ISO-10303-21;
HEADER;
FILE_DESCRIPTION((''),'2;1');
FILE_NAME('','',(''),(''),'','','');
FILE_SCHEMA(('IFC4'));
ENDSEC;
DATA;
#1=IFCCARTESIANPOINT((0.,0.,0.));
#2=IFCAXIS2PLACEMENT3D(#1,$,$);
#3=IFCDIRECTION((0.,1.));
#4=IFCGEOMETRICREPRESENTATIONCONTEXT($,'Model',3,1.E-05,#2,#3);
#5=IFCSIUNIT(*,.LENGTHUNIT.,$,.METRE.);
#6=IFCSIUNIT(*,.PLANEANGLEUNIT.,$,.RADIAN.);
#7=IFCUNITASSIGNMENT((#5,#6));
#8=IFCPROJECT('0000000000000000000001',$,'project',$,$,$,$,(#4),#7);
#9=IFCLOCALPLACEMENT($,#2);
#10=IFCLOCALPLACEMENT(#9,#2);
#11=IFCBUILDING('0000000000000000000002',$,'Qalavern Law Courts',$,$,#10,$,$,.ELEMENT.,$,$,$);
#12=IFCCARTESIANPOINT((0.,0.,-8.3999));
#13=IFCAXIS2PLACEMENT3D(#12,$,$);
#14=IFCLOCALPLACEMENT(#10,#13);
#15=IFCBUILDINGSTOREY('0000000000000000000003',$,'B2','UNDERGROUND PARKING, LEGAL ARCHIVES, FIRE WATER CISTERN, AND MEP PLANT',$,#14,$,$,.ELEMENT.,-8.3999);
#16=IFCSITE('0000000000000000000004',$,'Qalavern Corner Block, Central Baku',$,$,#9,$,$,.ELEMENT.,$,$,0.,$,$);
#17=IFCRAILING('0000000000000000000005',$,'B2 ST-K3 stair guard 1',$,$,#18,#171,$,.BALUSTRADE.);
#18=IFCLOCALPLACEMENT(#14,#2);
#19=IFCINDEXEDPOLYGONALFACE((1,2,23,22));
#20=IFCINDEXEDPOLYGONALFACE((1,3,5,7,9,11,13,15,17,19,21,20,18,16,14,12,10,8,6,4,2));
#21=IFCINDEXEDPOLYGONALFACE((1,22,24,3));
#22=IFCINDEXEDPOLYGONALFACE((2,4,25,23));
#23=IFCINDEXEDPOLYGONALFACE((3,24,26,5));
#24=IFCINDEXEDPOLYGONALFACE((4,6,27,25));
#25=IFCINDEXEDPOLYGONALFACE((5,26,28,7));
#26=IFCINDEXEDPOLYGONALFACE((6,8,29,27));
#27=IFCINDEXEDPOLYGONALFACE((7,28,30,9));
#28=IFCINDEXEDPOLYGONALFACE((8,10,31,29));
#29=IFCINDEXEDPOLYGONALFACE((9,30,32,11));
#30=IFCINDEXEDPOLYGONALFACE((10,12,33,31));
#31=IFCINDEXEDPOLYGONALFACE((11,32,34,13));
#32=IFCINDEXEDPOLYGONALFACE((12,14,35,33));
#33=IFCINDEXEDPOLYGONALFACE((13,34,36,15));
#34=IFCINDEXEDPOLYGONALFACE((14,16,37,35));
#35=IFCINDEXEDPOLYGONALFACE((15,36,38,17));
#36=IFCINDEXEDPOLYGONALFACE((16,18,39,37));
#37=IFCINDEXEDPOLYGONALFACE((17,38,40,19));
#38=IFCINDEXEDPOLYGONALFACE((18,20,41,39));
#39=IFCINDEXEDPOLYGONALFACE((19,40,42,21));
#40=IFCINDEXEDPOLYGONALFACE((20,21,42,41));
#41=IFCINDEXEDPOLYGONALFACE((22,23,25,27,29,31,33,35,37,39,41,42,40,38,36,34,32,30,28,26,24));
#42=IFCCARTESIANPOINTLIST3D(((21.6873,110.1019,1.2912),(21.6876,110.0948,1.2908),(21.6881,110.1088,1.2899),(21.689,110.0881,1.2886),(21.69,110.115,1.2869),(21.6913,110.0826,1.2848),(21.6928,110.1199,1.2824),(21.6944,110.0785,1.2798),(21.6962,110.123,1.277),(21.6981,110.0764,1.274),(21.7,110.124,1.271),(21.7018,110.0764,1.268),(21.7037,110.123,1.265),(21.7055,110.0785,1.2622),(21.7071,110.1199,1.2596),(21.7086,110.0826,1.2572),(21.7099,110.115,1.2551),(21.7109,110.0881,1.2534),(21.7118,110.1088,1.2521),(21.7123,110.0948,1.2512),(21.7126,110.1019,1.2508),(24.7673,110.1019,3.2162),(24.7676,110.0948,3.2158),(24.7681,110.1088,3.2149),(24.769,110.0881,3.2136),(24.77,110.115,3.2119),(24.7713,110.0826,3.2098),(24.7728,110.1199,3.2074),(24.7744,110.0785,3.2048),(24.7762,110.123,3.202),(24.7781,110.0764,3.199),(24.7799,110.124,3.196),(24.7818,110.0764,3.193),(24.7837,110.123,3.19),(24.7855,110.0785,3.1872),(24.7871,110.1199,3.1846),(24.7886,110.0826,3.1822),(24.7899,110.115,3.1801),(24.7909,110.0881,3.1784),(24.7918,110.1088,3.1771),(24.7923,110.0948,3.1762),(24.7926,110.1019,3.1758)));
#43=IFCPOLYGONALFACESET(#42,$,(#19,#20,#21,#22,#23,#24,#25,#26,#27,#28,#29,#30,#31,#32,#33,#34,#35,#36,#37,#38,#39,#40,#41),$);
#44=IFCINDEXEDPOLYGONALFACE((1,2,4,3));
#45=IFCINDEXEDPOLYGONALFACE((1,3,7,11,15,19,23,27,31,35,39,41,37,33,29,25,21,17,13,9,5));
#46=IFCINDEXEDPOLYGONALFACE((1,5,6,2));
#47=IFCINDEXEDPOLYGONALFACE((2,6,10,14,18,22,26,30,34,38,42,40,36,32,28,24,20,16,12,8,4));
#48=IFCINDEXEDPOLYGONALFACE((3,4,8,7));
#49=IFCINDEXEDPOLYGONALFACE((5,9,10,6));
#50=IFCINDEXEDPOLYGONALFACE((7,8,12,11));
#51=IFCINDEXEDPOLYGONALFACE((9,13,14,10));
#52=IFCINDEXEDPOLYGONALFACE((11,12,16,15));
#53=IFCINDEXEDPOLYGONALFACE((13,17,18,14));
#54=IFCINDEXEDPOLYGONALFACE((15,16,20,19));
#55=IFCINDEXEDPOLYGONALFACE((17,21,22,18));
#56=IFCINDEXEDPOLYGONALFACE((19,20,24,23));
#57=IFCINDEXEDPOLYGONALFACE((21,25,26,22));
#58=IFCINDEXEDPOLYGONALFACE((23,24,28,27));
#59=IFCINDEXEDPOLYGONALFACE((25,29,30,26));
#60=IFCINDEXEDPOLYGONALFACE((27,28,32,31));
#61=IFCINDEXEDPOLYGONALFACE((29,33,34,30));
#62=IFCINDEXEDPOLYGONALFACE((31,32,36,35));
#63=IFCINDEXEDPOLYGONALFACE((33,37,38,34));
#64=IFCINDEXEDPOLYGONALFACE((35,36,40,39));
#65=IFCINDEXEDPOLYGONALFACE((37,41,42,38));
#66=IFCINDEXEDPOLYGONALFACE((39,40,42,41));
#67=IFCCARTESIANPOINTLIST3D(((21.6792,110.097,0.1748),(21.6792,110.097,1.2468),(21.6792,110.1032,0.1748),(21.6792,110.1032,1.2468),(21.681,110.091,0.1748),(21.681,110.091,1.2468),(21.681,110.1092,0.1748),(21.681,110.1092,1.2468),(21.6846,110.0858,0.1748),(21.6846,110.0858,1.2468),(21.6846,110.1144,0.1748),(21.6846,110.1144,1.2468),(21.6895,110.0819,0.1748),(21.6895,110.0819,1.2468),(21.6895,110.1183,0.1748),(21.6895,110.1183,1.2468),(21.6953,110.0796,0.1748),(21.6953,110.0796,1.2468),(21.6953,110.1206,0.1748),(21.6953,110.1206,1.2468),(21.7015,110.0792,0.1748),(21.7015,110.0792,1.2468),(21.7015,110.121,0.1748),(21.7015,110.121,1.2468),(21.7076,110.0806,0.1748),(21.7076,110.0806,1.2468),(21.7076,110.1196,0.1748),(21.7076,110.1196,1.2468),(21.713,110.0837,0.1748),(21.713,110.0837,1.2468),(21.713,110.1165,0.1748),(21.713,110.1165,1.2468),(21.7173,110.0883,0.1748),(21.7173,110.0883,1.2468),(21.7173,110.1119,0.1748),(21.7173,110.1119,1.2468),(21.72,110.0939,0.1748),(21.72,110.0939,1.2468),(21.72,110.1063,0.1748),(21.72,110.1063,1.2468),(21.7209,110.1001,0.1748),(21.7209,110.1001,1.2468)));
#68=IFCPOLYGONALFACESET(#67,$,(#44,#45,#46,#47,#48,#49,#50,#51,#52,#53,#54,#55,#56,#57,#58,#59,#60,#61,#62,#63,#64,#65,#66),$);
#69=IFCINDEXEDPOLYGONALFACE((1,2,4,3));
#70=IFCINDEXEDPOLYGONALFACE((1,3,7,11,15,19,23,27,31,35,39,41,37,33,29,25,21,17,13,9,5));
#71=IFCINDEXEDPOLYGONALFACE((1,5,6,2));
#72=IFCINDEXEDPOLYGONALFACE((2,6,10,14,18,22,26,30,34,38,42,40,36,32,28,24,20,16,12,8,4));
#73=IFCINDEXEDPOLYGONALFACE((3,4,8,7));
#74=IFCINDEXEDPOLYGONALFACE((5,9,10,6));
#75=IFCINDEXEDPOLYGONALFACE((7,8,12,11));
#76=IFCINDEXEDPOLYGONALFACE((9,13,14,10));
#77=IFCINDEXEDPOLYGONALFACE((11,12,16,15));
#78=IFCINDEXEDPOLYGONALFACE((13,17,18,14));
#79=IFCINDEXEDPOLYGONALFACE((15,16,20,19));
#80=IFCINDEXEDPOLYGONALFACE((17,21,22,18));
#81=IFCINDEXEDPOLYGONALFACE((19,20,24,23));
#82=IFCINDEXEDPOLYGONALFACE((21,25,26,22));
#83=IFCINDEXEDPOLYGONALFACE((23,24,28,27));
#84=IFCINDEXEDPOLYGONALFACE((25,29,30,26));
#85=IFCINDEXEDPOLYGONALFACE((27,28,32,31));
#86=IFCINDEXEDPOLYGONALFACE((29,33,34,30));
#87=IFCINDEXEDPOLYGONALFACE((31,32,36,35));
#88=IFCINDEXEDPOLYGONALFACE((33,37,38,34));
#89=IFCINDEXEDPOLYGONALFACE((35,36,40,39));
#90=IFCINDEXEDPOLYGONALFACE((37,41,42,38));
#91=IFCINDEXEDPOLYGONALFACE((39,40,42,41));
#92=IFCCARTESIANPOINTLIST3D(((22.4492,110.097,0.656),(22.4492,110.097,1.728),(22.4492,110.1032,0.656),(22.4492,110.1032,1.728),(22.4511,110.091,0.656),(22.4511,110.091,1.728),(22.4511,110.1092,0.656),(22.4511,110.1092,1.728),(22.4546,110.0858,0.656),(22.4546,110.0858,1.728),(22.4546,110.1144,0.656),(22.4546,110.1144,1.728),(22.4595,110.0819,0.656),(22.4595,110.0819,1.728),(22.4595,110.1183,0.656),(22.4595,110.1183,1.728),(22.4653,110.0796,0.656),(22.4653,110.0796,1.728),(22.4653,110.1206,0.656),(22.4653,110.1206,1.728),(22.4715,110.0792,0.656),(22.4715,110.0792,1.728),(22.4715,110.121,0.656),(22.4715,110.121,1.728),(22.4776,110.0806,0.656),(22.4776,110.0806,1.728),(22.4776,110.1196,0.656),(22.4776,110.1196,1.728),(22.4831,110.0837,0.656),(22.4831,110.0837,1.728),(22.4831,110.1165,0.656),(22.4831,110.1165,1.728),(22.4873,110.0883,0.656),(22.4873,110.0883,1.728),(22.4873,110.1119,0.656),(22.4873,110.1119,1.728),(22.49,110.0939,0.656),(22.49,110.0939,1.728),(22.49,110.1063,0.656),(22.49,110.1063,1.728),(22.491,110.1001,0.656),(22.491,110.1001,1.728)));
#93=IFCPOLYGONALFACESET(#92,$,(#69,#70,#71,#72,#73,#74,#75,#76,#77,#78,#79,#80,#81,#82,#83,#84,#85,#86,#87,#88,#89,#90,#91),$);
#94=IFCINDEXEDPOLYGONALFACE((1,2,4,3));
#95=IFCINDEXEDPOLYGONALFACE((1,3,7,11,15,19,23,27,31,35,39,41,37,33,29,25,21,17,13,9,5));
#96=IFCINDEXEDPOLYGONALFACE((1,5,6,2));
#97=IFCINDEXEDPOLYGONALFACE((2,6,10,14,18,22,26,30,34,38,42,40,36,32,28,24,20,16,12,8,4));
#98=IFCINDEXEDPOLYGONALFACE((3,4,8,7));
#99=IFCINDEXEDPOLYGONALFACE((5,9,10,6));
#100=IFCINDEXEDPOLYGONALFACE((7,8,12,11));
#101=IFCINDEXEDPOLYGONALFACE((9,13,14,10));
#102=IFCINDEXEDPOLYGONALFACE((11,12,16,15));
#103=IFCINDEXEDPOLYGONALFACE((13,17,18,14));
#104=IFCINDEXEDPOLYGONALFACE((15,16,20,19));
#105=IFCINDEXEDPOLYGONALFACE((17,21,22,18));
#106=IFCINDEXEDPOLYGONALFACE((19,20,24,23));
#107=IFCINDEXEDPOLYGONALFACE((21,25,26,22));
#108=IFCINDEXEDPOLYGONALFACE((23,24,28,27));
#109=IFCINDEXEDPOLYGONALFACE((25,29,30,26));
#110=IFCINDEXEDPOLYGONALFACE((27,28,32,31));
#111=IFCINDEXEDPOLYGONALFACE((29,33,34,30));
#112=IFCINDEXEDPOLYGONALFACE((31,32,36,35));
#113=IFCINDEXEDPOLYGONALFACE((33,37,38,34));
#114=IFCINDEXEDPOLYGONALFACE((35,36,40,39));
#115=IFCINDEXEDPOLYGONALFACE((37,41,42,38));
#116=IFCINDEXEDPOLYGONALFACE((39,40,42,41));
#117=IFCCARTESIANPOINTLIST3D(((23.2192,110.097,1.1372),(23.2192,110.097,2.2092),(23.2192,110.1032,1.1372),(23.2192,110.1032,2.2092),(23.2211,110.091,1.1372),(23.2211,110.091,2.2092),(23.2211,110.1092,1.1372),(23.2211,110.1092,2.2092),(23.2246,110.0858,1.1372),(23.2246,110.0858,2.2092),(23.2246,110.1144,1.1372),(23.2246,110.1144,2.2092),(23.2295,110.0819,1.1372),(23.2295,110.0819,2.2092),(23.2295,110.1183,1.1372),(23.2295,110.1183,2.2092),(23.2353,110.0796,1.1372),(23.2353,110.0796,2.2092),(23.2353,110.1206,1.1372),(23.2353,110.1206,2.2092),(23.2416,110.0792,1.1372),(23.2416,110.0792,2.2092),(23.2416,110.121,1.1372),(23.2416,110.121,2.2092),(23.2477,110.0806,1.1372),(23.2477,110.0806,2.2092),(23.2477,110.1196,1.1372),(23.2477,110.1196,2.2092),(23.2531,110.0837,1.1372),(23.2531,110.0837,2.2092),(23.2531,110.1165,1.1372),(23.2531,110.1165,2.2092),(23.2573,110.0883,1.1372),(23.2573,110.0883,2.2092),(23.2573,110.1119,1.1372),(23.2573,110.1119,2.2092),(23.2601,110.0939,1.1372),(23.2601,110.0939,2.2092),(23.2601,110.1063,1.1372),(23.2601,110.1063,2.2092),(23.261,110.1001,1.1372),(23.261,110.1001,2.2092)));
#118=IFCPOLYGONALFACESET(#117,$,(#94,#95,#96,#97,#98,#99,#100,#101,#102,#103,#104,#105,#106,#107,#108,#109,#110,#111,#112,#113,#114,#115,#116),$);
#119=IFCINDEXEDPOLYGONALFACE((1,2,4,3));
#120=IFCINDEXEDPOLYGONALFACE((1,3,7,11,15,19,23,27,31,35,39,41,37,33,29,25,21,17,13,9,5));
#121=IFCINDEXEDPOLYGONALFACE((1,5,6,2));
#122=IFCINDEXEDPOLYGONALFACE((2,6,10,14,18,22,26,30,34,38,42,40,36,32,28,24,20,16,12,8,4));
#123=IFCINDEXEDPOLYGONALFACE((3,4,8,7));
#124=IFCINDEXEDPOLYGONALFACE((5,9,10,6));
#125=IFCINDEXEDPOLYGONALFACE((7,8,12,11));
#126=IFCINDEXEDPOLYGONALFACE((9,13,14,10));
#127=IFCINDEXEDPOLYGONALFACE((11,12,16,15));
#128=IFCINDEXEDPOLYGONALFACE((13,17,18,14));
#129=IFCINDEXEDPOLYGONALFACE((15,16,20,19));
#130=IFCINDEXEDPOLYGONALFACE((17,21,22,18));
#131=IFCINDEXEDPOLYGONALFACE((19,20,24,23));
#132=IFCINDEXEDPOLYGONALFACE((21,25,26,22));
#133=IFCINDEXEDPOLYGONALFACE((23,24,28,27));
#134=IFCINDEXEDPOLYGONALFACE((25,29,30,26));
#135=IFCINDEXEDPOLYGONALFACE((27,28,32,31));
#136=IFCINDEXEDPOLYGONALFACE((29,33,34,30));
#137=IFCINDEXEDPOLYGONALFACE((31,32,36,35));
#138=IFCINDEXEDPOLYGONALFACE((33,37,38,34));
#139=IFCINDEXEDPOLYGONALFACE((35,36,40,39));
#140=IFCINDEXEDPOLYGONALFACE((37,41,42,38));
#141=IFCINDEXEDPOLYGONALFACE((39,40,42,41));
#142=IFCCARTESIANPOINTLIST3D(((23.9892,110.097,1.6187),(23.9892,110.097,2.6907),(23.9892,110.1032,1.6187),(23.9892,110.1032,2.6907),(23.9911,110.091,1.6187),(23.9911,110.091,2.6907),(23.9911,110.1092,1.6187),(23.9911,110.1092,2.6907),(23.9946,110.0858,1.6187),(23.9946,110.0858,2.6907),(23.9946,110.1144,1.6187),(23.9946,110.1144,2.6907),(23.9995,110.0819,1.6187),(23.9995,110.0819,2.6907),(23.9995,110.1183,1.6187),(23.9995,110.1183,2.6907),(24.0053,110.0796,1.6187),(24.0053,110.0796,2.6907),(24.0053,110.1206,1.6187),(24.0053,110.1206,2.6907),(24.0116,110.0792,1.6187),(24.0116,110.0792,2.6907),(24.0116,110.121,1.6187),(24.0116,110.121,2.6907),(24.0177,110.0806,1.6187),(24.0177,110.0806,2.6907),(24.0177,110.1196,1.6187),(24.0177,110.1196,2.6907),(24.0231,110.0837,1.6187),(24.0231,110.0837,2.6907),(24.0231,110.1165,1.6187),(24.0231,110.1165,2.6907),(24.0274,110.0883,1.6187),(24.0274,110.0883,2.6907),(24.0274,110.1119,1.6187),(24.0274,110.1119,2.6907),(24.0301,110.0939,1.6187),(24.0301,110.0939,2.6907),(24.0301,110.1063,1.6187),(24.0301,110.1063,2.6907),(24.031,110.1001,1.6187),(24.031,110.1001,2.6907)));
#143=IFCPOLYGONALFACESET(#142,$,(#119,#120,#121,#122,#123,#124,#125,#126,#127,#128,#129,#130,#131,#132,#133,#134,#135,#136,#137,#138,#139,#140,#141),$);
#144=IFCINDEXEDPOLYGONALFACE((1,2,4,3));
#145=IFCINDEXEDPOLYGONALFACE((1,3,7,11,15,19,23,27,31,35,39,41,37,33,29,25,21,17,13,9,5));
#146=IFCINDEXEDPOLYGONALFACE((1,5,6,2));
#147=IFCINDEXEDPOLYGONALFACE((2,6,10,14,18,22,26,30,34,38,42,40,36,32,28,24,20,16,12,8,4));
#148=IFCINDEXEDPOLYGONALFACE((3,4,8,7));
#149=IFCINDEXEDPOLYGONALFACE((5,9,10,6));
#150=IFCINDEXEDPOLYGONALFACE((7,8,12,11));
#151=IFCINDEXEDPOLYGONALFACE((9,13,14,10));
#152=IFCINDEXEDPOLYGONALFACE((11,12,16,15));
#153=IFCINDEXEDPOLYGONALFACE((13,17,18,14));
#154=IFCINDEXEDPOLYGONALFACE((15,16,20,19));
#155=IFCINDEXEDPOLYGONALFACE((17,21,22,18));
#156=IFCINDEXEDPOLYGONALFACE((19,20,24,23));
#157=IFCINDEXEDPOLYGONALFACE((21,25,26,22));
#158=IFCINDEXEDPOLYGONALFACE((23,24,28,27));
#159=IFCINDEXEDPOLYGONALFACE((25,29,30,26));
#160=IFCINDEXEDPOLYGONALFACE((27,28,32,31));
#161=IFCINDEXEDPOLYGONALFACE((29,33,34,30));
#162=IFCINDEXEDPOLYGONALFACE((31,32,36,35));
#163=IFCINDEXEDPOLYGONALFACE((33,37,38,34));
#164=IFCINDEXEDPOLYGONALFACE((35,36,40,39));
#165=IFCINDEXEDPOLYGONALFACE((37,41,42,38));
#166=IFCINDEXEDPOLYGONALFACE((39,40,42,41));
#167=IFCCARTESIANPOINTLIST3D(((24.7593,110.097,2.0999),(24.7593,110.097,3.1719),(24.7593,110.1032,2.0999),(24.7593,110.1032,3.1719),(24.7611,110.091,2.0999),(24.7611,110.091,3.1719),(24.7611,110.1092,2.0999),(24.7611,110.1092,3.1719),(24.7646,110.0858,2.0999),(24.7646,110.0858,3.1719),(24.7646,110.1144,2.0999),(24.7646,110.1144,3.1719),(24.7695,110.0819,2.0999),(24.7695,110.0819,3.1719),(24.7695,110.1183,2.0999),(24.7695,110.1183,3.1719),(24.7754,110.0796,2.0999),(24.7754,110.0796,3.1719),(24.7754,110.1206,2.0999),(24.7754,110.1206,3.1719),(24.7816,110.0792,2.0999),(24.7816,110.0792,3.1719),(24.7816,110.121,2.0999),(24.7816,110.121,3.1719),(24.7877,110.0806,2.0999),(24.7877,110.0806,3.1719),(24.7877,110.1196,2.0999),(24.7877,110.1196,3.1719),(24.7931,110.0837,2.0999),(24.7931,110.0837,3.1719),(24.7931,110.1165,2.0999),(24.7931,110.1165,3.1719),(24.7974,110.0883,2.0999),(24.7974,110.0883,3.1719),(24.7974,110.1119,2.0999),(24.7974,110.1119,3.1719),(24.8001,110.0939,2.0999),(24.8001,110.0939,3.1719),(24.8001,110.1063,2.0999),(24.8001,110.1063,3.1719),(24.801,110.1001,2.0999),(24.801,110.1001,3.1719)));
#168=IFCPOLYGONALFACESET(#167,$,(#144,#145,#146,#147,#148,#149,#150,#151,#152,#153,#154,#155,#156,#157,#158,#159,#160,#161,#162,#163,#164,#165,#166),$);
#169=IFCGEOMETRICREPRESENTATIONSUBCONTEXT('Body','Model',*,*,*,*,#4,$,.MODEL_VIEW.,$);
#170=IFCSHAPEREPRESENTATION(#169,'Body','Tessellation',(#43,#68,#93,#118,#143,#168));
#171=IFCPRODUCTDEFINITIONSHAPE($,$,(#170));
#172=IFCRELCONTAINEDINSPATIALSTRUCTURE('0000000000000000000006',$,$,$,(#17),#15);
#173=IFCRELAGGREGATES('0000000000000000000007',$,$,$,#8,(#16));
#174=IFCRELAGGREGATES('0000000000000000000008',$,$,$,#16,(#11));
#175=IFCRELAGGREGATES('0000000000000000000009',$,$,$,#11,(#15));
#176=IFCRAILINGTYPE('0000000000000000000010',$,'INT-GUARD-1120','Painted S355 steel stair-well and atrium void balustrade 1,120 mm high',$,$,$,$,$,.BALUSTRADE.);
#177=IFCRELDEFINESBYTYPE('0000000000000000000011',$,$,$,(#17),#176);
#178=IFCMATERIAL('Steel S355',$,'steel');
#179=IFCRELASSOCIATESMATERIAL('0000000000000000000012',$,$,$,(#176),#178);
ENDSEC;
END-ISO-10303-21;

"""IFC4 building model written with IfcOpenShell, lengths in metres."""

from ifc_helpers import new_model, si_unit, direction, frame, origin, origin_2d, place, context, subcontext, project, spatial, circle, extrude, material, type_object, element, save


model = new_model("IFC4")

# Units and contexts
model_context = context("Model", 3, precision=1e-05, world=origin(), true_north=direction((0.0, 1.0)))
body_context = subcontext(model_context, "Body", "Model", "MODEL_VIEW")
ifc_project = project(units=[si_unit("LENGTHUNIT", "METRE"), si_unit("PLANEANGLEUNIT", "RADIAN")], contexts=[model_context])

# Site, building, storey
site_placement = place(None, origin())
site = spatial("IfcSite", under=ifc_project, at=site_placement, Name="Qalavern Corner Block, Central Baku", CompositionType="ELEMENT", RefElevation=0.0)
building_placement = place(site_placement, origin())
building = spatial("IfcBuilding", under=site, at=building_placement, Name="Qalavern Law Courts", CompositionType="ELEMENT")
storey_placement = place(building_placement, frame((0.0, 0.0, -8.3999)))
storey = spatial("IfcBuildingStorey", under=building, at=storey_placement, Name="B2", Description="UNDERGROUND PARKING, LEGAL ARCHIVES, FIRE WATER CISTERN, AND MEP PLANT", CompositionType="ELEMENT", Elevation=-8.3999)

# Railing
ifc_material_1 = material(Name="Steel S355", Category="steel")
railing_type_1 = type_object("IfcRailingType", Name="INT-GUARD-1120", Description="Painted S355 steel stair-well and atrium void balustrade 1,120 mm high", PredefinedType="BALUSTRADE", material=ifc_material_1)
railing_1_placement = place(storey_placement, frame((21.7, 110.1001, 0.1748)))
element("IfcRailing", 1, at=railing_1_placement, inside=storey, type_object=railing_type_1, Name="B2 ST-K3 stair guard 1", PredefinedType="BALUSTRADE", context=body_context, shape_type="SweptSolid", body=[
    extrude(circle(Radius=0.0239, at=origin_2d()), frame((0.0, 0.0, 1.0962), z_axis=(0.847998, 0.0, 0.529999), x_axis=(0.0, 1.0, 0.0)), (0.0, 0.0, 1.0), 3.6321),
    extrude(circle(Radius=0.021, at=origin_2d()), origin(), (0.0, 0.0, 1.0), 1.072),
    extrude(circle(Radius=0.021, at=origin_2d()), frame((0.77, 0.0, 0.4812)), (0.0, 0.0, 1.0), 1.072),
    extrude(circle(Radius=0.021, at=origin_2d()), frame((1.54, 0.0, 0.9624)), (0.0, 0.0, 1.0), 1.072),
    extrude(circle(Radius=0.021, at=origin_2d()), frame((2.3101, 0.0, 1.4438)), (0.0, 0.0, 1.0), 1.072),
    extrude(circle(Radius=0.021, at=origin_2d()), frame((3.0801, 0.0, 1.925)), (0.0, 0.0, 1.0), 1.072),
])

save(model, "model.ifc")
